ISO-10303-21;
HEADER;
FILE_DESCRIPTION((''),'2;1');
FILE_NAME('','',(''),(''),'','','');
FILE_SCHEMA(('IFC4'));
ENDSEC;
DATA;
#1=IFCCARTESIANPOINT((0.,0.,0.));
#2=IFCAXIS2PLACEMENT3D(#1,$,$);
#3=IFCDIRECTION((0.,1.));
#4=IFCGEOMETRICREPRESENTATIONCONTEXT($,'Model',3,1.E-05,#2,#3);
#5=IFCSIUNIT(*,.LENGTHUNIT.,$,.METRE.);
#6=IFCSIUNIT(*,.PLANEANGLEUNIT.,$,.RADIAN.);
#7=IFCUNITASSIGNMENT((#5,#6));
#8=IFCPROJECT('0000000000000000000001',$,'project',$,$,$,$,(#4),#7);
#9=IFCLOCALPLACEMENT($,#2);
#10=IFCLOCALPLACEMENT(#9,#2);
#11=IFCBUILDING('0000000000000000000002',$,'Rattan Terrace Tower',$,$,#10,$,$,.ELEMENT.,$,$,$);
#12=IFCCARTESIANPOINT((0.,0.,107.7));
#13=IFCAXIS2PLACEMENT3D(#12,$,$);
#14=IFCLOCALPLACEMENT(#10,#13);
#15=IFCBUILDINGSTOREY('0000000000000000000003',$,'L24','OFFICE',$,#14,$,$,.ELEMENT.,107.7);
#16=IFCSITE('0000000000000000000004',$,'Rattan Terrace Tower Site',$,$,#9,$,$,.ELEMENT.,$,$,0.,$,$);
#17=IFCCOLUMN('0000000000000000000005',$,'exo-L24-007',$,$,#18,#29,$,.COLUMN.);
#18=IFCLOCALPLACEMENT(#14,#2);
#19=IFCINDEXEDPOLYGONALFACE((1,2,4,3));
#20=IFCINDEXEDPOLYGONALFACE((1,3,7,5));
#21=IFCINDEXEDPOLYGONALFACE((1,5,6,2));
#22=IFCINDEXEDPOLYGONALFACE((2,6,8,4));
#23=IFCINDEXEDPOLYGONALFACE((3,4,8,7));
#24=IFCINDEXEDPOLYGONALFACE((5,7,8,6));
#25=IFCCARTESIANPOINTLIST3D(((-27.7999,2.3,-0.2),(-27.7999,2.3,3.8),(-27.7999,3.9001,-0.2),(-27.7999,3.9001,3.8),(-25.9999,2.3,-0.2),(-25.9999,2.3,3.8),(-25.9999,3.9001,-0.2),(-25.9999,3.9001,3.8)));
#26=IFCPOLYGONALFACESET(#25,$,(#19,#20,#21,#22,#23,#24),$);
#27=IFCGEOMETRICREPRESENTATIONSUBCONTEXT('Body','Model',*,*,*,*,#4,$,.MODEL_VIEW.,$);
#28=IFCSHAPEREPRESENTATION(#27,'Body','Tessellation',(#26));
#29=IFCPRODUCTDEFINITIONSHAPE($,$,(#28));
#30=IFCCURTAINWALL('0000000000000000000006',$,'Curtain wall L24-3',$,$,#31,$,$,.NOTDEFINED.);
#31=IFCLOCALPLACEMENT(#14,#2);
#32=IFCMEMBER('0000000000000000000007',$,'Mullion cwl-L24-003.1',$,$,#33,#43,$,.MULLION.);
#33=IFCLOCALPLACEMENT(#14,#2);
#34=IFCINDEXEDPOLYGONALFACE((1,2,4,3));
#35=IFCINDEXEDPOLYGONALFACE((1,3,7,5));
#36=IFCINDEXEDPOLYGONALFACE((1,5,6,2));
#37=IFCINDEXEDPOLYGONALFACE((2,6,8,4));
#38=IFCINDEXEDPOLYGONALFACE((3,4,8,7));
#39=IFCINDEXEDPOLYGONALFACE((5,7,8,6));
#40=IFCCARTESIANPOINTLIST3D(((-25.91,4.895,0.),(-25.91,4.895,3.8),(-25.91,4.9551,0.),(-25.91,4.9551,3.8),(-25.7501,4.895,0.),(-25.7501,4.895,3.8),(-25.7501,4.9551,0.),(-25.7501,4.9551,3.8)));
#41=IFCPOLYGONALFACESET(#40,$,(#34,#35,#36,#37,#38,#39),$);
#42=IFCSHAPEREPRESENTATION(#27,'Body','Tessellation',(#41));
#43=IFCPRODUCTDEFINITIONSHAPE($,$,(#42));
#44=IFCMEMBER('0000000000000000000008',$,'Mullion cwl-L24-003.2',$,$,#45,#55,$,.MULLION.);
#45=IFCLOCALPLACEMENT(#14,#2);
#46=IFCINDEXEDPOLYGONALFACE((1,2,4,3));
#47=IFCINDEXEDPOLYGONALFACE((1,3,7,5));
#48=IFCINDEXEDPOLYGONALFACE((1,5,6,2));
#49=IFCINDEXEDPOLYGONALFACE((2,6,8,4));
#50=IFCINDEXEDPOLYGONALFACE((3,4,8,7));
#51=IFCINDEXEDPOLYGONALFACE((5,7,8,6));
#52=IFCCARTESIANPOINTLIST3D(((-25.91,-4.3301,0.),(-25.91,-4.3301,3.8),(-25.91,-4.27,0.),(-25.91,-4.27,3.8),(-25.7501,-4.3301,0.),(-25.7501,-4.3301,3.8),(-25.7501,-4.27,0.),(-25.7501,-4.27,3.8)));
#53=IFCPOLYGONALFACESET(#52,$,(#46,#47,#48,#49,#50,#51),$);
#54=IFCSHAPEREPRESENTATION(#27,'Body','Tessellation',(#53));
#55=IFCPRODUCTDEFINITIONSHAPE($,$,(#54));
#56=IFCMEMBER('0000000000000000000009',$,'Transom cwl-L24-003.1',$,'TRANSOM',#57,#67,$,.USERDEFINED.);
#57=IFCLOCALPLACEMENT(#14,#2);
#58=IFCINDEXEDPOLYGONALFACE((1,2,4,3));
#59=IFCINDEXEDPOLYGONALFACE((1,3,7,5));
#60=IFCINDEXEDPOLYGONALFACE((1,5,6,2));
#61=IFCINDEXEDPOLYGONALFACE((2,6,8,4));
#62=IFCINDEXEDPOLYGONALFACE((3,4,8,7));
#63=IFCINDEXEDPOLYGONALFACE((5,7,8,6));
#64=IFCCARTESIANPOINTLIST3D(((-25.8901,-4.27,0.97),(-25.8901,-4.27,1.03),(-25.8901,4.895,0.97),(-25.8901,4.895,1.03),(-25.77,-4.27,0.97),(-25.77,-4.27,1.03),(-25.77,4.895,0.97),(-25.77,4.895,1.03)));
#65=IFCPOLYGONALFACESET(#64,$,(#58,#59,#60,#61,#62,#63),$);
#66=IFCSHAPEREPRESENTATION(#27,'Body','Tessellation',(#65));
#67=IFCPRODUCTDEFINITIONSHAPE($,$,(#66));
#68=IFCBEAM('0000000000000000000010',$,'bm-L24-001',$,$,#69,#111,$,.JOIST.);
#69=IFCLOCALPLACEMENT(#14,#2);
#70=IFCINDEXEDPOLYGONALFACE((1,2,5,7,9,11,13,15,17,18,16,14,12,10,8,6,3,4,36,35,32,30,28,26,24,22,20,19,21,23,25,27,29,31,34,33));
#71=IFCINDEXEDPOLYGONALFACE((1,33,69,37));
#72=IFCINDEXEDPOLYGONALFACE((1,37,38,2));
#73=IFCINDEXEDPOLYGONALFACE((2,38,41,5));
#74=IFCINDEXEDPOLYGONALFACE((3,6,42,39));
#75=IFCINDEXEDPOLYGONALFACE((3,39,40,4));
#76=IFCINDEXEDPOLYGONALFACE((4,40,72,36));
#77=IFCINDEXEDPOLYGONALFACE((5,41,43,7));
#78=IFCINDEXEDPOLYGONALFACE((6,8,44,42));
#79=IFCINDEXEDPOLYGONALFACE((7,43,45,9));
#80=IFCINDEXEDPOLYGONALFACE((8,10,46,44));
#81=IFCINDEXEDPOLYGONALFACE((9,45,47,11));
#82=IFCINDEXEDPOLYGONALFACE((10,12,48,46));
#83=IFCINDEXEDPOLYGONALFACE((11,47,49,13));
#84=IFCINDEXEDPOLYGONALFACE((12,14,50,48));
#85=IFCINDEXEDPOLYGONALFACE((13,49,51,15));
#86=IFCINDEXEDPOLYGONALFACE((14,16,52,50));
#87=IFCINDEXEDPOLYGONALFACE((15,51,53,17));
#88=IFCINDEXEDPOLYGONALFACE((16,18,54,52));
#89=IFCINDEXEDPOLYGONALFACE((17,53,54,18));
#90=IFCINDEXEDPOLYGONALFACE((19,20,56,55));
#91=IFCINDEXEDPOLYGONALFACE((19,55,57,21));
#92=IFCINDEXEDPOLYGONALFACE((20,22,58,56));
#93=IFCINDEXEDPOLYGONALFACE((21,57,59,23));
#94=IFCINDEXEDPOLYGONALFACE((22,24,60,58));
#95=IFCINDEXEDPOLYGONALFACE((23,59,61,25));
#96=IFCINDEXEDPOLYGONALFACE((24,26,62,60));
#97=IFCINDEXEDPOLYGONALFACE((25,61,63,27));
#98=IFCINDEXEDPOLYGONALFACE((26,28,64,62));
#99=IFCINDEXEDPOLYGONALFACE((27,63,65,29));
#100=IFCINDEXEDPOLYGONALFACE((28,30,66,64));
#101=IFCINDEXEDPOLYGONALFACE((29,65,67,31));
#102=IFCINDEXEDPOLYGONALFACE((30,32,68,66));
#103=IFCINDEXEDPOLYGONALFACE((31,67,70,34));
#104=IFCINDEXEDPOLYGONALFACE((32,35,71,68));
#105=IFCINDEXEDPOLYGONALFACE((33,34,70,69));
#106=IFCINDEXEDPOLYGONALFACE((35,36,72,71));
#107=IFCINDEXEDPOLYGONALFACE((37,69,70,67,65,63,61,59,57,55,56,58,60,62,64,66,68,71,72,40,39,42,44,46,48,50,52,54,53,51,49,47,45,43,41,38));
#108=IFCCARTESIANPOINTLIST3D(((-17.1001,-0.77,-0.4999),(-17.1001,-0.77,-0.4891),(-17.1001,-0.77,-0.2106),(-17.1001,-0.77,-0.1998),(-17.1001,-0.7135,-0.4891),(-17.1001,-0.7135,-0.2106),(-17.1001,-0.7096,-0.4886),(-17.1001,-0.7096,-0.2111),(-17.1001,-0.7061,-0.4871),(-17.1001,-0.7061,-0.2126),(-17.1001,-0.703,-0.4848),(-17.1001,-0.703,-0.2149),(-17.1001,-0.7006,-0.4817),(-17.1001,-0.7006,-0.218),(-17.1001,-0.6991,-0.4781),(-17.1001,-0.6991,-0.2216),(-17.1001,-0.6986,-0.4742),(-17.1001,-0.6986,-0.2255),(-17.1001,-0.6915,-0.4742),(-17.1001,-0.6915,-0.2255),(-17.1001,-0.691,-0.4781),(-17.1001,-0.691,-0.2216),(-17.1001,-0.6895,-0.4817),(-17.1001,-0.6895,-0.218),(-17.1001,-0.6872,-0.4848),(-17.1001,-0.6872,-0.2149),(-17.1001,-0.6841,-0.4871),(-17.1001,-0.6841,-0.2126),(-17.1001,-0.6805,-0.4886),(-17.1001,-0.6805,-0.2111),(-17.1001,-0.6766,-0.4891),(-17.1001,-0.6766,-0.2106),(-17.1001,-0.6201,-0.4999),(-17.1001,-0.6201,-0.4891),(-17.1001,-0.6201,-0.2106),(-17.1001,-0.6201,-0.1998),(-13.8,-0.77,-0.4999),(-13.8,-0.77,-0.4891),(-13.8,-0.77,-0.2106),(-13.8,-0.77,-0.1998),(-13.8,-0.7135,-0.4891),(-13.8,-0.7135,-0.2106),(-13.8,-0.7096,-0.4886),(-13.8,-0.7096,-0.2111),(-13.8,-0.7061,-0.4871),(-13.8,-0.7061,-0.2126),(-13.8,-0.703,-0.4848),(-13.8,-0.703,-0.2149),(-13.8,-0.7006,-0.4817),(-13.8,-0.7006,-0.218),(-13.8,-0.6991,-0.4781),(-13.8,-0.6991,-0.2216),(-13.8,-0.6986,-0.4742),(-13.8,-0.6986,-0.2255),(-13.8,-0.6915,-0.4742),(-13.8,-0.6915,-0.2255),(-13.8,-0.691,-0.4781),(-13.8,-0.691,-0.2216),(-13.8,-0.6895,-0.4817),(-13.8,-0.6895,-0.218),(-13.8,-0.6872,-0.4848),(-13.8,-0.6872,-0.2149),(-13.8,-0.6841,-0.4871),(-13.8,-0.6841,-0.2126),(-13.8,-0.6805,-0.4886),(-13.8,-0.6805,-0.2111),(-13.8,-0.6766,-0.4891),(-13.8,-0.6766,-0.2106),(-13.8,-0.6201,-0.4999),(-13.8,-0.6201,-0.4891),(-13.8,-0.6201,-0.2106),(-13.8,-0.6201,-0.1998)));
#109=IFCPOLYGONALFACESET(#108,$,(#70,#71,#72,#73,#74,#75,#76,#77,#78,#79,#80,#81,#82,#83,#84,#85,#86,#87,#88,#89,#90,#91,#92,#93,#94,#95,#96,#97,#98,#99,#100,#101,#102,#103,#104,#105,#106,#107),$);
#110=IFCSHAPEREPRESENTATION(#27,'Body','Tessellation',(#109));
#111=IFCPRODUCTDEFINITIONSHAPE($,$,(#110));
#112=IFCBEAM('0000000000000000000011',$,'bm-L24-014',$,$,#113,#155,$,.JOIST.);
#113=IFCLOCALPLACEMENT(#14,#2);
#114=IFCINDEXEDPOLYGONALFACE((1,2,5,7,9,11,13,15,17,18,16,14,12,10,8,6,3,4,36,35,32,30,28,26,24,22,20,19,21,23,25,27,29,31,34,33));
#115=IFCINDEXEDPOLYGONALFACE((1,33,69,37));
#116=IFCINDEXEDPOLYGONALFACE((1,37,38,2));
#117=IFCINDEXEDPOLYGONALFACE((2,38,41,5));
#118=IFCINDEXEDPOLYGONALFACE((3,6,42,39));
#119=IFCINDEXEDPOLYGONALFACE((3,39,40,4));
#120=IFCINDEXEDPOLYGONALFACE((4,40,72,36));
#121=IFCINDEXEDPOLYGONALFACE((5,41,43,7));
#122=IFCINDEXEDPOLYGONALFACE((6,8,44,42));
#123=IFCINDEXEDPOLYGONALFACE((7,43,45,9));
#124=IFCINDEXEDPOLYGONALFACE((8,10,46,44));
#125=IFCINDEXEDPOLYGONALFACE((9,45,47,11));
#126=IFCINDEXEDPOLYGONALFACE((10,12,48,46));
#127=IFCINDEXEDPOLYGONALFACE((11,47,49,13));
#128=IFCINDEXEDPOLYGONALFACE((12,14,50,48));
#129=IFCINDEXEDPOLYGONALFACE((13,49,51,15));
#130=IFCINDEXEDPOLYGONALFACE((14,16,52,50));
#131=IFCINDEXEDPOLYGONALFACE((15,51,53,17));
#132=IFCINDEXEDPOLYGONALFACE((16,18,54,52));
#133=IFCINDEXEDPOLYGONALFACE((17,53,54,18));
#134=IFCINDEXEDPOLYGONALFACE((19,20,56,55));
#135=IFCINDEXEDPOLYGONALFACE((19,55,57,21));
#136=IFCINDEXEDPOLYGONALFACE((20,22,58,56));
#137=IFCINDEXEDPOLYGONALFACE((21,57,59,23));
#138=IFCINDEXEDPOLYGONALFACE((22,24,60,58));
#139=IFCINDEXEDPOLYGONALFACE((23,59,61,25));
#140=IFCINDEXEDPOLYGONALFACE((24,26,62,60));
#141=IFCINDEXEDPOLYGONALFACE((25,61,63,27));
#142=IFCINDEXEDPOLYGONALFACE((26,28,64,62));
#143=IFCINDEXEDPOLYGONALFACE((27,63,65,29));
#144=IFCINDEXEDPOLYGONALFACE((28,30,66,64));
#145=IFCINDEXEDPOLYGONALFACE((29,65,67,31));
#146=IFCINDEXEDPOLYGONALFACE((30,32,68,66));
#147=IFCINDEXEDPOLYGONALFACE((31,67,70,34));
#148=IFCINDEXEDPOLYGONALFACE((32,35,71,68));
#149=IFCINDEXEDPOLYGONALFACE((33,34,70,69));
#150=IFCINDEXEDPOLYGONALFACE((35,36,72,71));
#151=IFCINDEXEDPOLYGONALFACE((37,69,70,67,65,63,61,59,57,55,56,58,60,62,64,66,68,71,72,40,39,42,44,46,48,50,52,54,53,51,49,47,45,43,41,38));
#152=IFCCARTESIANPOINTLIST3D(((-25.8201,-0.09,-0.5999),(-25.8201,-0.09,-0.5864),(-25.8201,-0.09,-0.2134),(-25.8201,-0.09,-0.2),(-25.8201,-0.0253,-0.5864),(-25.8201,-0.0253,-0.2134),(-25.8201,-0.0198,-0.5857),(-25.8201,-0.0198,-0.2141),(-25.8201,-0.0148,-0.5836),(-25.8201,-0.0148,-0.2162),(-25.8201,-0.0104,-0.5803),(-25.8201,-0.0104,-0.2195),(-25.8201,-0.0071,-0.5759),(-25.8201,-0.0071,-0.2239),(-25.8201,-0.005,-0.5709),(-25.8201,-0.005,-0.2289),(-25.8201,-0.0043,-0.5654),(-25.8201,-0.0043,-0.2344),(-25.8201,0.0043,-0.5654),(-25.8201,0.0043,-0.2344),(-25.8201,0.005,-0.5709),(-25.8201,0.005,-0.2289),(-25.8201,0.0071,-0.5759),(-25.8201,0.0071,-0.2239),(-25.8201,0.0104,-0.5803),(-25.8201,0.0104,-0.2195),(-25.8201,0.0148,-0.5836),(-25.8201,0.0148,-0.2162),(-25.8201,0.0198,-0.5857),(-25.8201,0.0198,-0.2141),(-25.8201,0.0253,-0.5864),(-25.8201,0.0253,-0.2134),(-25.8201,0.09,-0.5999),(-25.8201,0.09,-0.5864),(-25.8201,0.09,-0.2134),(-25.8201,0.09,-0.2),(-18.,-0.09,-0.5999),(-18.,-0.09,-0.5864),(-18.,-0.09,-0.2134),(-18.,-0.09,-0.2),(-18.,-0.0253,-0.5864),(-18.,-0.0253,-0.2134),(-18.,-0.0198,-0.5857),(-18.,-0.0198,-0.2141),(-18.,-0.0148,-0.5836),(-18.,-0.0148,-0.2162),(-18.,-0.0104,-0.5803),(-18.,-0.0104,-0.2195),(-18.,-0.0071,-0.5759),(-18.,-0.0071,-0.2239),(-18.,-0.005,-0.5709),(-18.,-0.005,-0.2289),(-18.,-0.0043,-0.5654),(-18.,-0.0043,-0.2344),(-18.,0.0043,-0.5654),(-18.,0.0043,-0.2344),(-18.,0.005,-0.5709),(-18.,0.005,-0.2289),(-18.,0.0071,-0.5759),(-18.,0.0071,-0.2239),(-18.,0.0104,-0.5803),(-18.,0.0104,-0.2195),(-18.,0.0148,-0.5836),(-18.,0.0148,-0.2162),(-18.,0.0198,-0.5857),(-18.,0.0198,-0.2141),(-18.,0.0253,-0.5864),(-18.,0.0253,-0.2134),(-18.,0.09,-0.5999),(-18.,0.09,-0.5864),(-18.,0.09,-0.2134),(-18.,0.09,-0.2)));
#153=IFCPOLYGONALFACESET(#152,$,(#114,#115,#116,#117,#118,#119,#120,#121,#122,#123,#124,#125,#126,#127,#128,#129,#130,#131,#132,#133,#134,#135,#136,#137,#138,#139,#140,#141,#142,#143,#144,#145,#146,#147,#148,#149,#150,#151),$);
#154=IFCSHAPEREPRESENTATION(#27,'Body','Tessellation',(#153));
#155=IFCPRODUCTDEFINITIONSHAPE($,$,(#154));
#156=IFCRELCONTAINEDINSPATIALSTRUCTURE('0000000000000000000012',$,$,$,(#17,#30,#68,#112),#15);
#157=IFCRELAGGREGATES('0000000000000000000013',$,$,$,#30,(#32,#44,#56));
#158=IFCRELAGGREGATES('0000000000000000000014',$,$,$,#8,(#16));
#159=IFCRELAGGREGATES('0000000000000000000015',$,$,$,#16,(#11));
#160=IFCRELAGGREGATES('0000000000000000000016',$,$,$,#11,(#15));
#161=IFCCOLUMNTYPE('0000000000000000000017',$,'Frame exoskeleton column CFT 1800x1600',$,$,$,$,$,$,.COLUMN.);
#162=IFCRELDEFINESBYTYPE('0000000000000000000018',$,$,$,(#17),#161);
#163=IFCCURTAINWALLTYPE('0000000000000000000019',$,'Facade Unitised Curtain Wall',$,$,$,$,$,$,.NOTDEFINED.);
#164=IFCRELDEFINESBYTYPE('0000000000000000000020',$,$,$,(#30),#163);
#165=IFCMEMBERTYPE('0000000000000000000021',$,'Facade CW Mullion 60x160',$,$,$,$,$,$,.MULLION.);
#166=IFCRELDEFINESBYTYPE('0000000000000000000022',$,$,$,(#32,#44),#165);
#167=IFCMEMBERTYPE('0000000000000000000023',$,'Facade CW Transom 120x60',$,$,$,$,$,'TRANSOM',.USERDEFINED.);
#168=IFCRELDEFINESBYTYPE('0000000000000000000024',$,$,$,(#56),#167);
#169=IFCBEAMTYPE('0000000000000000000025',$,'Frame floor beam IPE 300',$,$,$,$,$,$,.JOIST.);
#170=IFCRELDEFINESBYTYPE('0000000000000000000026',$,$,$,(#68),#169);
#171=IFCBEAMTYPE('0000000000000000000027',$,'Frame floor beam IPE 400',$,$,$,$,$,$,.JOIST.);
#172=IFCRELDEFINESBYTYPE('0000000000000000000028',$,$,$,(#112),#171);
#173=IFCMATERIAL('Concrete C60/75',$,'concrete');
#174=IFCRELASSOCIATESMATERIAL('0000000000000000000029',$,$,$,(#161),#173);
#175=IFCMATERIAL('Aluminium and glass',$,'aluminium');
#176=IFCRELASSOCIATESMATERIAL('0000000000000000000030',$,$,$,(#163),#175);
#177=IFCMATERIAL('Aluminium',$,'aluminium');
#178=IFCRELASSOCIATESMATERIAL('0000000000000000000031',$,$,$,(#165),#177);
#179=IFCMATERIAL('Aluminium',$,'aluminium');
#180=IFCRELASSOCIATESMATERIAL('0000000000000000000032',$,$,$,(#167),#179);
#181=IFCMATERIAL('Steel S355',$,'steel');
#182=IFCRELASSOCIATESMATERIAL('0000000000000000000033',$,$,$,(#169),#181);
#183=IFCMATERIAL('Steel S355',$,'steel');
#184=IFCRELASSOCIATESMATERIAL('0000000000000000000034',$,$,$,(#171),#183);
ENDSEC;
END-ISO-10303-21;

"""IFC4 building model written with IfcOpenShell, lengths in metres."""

from ifc_helpers import new_model, si_unit, direction, frame, origin, origin_2d, place, context, subcontext, project, spatial, rectangle, i_section, extrude, material, material_profile, profile_set, type_object, element, aggregate, save


model = new_model("IFC4")

# Units and contexts
model_context = context("Model", 3, precision=1e-05, world=origin(), true_north=direction((0.0, 1.0)))
body_context = subcontext(model_context, "Body", "Model", "MODEL_VIEW")
ifc_project = project(units=[si_unit("LENGTHUNIT", "METRE"), si_unit("PLANEANGLEUNIT", "RADIAN")], contexts=[model_context])

# Site, building, storey
site_placement = place(None, origin())
site = spatial("IfcSite", under=ifc_project, at=site_placement, Name="Rattan Terrace Tower Site", CompositionType="ELEMENT", RefElevation=0.0)
building_placement = place(site_placement, origin())
building = spatial("IfcBuilding", under=site, at=building_placement, Name="Rattan Terrace Tower", CompositionType="ELEMENT")
storey_placement = place(building_placement, frame((0.0, 0.0, 107.7)))
storey = spatial("IfcBuildingStorey", under=building, at=storey_placement, Name="L24", Description="OFFICE", CompositionType="ELEMENT", Elevation=107.7)

# Column
ifc_material_1 = material(Name="Concrete C60/75", Category="concrete")
ifc_material_profile_1 = material_profile(ifc_material_1, rectangle(XDim=1.6001, YDim=1.8, at=origin_2d()), Name="CFT 1800x1600")
ifc_profile_set_1 = profile_set([ifc_material_profile_1], Name="Concrete C60/75")
column_type = type_object("IfcColumnType", Name="Frame exoskeleton column CFT 1800x1600", PredefinedType="COLUMN", material=ifc_profile_set_1)
column_placement = place(storey_placement, frame((-26.8999, 3.1001, -0.2), z_axis=(0.0, 0.0, 1.0), x_axis=(0.0, 1.0, 0.0)))
element("IfcColumn", 1, at=column_placement, inside=storey, type_object=column_type, Name="exo-L24-007", PredefinedType="COLUMN", context=body_context, shape_type="SweptSolid", body=[
    extrude(rectangle(XDim=1.6001, YDim=1.8, at=origin_2d()), origin(), (0.0, 0.0, 1.0), 4.0),
])

# Curtain wall, members
ifc_material_2 = material(Name="Aluminium and glass", Category="aluminium")
curtain_wall_type = type_object("IfcCurtainWallType", Name="Facade Unitised Curtain Wall", PredefinedType="NOTDEFINED", material=ifc_material_2)
curtain_wall_placement = place(storey_placement, origin())
curtain_wall = element("IfcCurtainWall", 2, at=curtain_wall_placement, inside=storey, type_object=curtain_wall_type, Name="Curtain wall L24-3", PredefinedType="NOTDEFINED")
ifc_material_3 = material(Name="Aluminium", Category="aluminium")
ifc_material_profile_2 = material_profile(ifc_material_3, rectangle(XDim=0.0601, YDim=0.1599, at=origin_2d()), Name="Aluminium 60x160")
ifc_profile_set_2 = profile_set([ifc_material_profile_2], Name="Aluminium")
member_type_1 = type_object("IfcMemberType", Name="Facade CW Mullion 60x160", PredefinedType="MULLION", material=ifc_profile_set_2)
member_1_placement = place(storey_placement, frame((-25.8301, 4.925, 0.0), z_axis=(0.0, 0.0, 1.0), x_axis=(0.0, -1.0, 0.0)))
member_1 = element("IfcMember", 3, at=member_1_placement, type_object=member_type_1, Name="Mullion cwl-L24-003.1", PredefinedType="MULLION", context=body_context, shape_type="SweptSolid", body=[
    extrude(rectangle(XDim=0.0601, YDim=0.1599, at=origin_2d()), origin(), (0.0, 0.0, 1.0), 3.8),
])
member_2_placement = place(storey_placement, frame((-25.8301, -4.3, 0.0), z_axis=(0.0, 0.0, 1.0), x_axis=(0.0, -1.0, 0.0)))
member_2 = element("IfcMember", 4, at=member_2_placement, type_object=member_type_1, Name="Mullion cwl-L24-003.2", PredefinedType="MULLION", context=body_context, shape_type="SweptSolid", body=[
    extrude(rectangle(XDim=0.0601, YDim=0.1599, at=origin_2d()), origin(), (0.0, 0.0, 1.0), 3.8),
])
ifc_material_4 = material(Name="Aluminium", Category="aluminium")
ifc_material_profile_3 = material_profile(ifc_material_4, rectangle(XDim=0.1201, YDim=0.0601, at=origin_2d()), Name="Aluminium 120x60")
ifc_profile_set_3 = profile_set([ifc_material_profile_3], Name="Aluminium")
member_type_2 = type_object("IfcMemberType", Name="Facade CW Transom 120x60", ElementType="TRANSOM", PredefinedType="USERDEFINED", material=ifc_profile_set_3)
member_3_placement = place(storey_placement, frame((-25.8301, 4.895, 1.0), z_axis=(0.0, -1.0, 0.0), x_axis=(1.0, 0.0, 0.0)))
member_3 = element("IfcMember", 5, at=member_3_placement, type_object=member_type_2, Name="Transom cwl-L24-003.1", ObjectType="TRANSOM", PredefinedType="USERDEFINED", context=body_context, shape_type="SweptSolid", body=[
    extrude(rectangle(XDim=0.1201, YDim=0.0601, at=origin_2d()), origin(), (0.0, 0.0, 1.0), 9.165),
])

# Beams
ifc_material_5 = material(Name="Steel S355", Category="steel")
ifc_material_profile_4 = material_profile(ifc_material_5, i_section(OverallWidth=0.1499, OverallDepth=0.3, WebThickness=0.0071, FlangeThickness=0.0107, FilletRadius=0.0149, at=origin_2d()), Name="IPE 300")
ifc_profile_set_4 = profile_set([ifc_material_profile_4], Name="Steel S355")
beam_type_1 = type_object("IfcBeamType", Name="Frame floor beam IPE 300", PredefinedType="JOIST", material=ifc_profile_set_4)
beam_placement = place(storey_placement, frame((-17.1001, -0.6951, -0.3499), z_axis=(1.0, 0.0, 0.0), x_axis=(0.0, 1.0, 0.0)))
element("IfcBeam", 6, at=beam_placement, inside=storey, type_object=beam_type_1, Name="bm-L24-001", PredefinedType="JOIST", context=body_context, shape_type="SweptSolid", body=[
    extrude(i_section(OverallWidth=0.1499, OverallDepth=0.3, WebThickness=0.0071, FlangeThickness=0.0107, FilletRadius=0.0149, at=origin_2d()), origin(), (0.0, 0.0, 1.0), 3.3),
])
ifc_material_6 = material(Name="Steel S355", Category="steel")
ifc_material_profile_5 = material_profile(ifc_material_6, i_section(OverallWidth=0.1799, OverallDepth=0.3999, WebThickness=0.0085, FlangeThickness=0.0134, FilletRadius=0.021, at=origin_2d()), Name="IPE 400")
ifc_profile_set_5 = profile_set([ifc_material_profile_5], Name="Steel S355")
beam_type_2 = type_object("IfcBeamType", Name="Frame floor beam IPE 400", PredefinedType="JOIST", material=ifc_profile_set_5)
for number, where, z_axis, x_axis, name in (
    (7, (-25.8201, 0.0, -0.3999), (1.0, 0.0, 0.0), (0.0, 1.0, 0.0), "bm-L24-014"),
):
    element("IfcBeam", number, at=place(storey_placement, frame(where, z_axis=z_axis, x_axis=x_axis)), inside=storey, type_object=beam_type_2, Name=name, PredefinedType="JOIST", context=body_context, shape_type="SweptSolid", body=[
        extrude(i_section(OverallWidth=0.1799, OverallDepth=0.3999, WebThickness=0.0085, FlangeThickness=0.0134, FilletRadius=0.021, at=origin_2d()), origin(), (0.0, 0.0, 1.0), 7.8201),
    ])

aggregate(curtain_wall, [member_1, member_2, member_3])

save(model, "model.ifc")
